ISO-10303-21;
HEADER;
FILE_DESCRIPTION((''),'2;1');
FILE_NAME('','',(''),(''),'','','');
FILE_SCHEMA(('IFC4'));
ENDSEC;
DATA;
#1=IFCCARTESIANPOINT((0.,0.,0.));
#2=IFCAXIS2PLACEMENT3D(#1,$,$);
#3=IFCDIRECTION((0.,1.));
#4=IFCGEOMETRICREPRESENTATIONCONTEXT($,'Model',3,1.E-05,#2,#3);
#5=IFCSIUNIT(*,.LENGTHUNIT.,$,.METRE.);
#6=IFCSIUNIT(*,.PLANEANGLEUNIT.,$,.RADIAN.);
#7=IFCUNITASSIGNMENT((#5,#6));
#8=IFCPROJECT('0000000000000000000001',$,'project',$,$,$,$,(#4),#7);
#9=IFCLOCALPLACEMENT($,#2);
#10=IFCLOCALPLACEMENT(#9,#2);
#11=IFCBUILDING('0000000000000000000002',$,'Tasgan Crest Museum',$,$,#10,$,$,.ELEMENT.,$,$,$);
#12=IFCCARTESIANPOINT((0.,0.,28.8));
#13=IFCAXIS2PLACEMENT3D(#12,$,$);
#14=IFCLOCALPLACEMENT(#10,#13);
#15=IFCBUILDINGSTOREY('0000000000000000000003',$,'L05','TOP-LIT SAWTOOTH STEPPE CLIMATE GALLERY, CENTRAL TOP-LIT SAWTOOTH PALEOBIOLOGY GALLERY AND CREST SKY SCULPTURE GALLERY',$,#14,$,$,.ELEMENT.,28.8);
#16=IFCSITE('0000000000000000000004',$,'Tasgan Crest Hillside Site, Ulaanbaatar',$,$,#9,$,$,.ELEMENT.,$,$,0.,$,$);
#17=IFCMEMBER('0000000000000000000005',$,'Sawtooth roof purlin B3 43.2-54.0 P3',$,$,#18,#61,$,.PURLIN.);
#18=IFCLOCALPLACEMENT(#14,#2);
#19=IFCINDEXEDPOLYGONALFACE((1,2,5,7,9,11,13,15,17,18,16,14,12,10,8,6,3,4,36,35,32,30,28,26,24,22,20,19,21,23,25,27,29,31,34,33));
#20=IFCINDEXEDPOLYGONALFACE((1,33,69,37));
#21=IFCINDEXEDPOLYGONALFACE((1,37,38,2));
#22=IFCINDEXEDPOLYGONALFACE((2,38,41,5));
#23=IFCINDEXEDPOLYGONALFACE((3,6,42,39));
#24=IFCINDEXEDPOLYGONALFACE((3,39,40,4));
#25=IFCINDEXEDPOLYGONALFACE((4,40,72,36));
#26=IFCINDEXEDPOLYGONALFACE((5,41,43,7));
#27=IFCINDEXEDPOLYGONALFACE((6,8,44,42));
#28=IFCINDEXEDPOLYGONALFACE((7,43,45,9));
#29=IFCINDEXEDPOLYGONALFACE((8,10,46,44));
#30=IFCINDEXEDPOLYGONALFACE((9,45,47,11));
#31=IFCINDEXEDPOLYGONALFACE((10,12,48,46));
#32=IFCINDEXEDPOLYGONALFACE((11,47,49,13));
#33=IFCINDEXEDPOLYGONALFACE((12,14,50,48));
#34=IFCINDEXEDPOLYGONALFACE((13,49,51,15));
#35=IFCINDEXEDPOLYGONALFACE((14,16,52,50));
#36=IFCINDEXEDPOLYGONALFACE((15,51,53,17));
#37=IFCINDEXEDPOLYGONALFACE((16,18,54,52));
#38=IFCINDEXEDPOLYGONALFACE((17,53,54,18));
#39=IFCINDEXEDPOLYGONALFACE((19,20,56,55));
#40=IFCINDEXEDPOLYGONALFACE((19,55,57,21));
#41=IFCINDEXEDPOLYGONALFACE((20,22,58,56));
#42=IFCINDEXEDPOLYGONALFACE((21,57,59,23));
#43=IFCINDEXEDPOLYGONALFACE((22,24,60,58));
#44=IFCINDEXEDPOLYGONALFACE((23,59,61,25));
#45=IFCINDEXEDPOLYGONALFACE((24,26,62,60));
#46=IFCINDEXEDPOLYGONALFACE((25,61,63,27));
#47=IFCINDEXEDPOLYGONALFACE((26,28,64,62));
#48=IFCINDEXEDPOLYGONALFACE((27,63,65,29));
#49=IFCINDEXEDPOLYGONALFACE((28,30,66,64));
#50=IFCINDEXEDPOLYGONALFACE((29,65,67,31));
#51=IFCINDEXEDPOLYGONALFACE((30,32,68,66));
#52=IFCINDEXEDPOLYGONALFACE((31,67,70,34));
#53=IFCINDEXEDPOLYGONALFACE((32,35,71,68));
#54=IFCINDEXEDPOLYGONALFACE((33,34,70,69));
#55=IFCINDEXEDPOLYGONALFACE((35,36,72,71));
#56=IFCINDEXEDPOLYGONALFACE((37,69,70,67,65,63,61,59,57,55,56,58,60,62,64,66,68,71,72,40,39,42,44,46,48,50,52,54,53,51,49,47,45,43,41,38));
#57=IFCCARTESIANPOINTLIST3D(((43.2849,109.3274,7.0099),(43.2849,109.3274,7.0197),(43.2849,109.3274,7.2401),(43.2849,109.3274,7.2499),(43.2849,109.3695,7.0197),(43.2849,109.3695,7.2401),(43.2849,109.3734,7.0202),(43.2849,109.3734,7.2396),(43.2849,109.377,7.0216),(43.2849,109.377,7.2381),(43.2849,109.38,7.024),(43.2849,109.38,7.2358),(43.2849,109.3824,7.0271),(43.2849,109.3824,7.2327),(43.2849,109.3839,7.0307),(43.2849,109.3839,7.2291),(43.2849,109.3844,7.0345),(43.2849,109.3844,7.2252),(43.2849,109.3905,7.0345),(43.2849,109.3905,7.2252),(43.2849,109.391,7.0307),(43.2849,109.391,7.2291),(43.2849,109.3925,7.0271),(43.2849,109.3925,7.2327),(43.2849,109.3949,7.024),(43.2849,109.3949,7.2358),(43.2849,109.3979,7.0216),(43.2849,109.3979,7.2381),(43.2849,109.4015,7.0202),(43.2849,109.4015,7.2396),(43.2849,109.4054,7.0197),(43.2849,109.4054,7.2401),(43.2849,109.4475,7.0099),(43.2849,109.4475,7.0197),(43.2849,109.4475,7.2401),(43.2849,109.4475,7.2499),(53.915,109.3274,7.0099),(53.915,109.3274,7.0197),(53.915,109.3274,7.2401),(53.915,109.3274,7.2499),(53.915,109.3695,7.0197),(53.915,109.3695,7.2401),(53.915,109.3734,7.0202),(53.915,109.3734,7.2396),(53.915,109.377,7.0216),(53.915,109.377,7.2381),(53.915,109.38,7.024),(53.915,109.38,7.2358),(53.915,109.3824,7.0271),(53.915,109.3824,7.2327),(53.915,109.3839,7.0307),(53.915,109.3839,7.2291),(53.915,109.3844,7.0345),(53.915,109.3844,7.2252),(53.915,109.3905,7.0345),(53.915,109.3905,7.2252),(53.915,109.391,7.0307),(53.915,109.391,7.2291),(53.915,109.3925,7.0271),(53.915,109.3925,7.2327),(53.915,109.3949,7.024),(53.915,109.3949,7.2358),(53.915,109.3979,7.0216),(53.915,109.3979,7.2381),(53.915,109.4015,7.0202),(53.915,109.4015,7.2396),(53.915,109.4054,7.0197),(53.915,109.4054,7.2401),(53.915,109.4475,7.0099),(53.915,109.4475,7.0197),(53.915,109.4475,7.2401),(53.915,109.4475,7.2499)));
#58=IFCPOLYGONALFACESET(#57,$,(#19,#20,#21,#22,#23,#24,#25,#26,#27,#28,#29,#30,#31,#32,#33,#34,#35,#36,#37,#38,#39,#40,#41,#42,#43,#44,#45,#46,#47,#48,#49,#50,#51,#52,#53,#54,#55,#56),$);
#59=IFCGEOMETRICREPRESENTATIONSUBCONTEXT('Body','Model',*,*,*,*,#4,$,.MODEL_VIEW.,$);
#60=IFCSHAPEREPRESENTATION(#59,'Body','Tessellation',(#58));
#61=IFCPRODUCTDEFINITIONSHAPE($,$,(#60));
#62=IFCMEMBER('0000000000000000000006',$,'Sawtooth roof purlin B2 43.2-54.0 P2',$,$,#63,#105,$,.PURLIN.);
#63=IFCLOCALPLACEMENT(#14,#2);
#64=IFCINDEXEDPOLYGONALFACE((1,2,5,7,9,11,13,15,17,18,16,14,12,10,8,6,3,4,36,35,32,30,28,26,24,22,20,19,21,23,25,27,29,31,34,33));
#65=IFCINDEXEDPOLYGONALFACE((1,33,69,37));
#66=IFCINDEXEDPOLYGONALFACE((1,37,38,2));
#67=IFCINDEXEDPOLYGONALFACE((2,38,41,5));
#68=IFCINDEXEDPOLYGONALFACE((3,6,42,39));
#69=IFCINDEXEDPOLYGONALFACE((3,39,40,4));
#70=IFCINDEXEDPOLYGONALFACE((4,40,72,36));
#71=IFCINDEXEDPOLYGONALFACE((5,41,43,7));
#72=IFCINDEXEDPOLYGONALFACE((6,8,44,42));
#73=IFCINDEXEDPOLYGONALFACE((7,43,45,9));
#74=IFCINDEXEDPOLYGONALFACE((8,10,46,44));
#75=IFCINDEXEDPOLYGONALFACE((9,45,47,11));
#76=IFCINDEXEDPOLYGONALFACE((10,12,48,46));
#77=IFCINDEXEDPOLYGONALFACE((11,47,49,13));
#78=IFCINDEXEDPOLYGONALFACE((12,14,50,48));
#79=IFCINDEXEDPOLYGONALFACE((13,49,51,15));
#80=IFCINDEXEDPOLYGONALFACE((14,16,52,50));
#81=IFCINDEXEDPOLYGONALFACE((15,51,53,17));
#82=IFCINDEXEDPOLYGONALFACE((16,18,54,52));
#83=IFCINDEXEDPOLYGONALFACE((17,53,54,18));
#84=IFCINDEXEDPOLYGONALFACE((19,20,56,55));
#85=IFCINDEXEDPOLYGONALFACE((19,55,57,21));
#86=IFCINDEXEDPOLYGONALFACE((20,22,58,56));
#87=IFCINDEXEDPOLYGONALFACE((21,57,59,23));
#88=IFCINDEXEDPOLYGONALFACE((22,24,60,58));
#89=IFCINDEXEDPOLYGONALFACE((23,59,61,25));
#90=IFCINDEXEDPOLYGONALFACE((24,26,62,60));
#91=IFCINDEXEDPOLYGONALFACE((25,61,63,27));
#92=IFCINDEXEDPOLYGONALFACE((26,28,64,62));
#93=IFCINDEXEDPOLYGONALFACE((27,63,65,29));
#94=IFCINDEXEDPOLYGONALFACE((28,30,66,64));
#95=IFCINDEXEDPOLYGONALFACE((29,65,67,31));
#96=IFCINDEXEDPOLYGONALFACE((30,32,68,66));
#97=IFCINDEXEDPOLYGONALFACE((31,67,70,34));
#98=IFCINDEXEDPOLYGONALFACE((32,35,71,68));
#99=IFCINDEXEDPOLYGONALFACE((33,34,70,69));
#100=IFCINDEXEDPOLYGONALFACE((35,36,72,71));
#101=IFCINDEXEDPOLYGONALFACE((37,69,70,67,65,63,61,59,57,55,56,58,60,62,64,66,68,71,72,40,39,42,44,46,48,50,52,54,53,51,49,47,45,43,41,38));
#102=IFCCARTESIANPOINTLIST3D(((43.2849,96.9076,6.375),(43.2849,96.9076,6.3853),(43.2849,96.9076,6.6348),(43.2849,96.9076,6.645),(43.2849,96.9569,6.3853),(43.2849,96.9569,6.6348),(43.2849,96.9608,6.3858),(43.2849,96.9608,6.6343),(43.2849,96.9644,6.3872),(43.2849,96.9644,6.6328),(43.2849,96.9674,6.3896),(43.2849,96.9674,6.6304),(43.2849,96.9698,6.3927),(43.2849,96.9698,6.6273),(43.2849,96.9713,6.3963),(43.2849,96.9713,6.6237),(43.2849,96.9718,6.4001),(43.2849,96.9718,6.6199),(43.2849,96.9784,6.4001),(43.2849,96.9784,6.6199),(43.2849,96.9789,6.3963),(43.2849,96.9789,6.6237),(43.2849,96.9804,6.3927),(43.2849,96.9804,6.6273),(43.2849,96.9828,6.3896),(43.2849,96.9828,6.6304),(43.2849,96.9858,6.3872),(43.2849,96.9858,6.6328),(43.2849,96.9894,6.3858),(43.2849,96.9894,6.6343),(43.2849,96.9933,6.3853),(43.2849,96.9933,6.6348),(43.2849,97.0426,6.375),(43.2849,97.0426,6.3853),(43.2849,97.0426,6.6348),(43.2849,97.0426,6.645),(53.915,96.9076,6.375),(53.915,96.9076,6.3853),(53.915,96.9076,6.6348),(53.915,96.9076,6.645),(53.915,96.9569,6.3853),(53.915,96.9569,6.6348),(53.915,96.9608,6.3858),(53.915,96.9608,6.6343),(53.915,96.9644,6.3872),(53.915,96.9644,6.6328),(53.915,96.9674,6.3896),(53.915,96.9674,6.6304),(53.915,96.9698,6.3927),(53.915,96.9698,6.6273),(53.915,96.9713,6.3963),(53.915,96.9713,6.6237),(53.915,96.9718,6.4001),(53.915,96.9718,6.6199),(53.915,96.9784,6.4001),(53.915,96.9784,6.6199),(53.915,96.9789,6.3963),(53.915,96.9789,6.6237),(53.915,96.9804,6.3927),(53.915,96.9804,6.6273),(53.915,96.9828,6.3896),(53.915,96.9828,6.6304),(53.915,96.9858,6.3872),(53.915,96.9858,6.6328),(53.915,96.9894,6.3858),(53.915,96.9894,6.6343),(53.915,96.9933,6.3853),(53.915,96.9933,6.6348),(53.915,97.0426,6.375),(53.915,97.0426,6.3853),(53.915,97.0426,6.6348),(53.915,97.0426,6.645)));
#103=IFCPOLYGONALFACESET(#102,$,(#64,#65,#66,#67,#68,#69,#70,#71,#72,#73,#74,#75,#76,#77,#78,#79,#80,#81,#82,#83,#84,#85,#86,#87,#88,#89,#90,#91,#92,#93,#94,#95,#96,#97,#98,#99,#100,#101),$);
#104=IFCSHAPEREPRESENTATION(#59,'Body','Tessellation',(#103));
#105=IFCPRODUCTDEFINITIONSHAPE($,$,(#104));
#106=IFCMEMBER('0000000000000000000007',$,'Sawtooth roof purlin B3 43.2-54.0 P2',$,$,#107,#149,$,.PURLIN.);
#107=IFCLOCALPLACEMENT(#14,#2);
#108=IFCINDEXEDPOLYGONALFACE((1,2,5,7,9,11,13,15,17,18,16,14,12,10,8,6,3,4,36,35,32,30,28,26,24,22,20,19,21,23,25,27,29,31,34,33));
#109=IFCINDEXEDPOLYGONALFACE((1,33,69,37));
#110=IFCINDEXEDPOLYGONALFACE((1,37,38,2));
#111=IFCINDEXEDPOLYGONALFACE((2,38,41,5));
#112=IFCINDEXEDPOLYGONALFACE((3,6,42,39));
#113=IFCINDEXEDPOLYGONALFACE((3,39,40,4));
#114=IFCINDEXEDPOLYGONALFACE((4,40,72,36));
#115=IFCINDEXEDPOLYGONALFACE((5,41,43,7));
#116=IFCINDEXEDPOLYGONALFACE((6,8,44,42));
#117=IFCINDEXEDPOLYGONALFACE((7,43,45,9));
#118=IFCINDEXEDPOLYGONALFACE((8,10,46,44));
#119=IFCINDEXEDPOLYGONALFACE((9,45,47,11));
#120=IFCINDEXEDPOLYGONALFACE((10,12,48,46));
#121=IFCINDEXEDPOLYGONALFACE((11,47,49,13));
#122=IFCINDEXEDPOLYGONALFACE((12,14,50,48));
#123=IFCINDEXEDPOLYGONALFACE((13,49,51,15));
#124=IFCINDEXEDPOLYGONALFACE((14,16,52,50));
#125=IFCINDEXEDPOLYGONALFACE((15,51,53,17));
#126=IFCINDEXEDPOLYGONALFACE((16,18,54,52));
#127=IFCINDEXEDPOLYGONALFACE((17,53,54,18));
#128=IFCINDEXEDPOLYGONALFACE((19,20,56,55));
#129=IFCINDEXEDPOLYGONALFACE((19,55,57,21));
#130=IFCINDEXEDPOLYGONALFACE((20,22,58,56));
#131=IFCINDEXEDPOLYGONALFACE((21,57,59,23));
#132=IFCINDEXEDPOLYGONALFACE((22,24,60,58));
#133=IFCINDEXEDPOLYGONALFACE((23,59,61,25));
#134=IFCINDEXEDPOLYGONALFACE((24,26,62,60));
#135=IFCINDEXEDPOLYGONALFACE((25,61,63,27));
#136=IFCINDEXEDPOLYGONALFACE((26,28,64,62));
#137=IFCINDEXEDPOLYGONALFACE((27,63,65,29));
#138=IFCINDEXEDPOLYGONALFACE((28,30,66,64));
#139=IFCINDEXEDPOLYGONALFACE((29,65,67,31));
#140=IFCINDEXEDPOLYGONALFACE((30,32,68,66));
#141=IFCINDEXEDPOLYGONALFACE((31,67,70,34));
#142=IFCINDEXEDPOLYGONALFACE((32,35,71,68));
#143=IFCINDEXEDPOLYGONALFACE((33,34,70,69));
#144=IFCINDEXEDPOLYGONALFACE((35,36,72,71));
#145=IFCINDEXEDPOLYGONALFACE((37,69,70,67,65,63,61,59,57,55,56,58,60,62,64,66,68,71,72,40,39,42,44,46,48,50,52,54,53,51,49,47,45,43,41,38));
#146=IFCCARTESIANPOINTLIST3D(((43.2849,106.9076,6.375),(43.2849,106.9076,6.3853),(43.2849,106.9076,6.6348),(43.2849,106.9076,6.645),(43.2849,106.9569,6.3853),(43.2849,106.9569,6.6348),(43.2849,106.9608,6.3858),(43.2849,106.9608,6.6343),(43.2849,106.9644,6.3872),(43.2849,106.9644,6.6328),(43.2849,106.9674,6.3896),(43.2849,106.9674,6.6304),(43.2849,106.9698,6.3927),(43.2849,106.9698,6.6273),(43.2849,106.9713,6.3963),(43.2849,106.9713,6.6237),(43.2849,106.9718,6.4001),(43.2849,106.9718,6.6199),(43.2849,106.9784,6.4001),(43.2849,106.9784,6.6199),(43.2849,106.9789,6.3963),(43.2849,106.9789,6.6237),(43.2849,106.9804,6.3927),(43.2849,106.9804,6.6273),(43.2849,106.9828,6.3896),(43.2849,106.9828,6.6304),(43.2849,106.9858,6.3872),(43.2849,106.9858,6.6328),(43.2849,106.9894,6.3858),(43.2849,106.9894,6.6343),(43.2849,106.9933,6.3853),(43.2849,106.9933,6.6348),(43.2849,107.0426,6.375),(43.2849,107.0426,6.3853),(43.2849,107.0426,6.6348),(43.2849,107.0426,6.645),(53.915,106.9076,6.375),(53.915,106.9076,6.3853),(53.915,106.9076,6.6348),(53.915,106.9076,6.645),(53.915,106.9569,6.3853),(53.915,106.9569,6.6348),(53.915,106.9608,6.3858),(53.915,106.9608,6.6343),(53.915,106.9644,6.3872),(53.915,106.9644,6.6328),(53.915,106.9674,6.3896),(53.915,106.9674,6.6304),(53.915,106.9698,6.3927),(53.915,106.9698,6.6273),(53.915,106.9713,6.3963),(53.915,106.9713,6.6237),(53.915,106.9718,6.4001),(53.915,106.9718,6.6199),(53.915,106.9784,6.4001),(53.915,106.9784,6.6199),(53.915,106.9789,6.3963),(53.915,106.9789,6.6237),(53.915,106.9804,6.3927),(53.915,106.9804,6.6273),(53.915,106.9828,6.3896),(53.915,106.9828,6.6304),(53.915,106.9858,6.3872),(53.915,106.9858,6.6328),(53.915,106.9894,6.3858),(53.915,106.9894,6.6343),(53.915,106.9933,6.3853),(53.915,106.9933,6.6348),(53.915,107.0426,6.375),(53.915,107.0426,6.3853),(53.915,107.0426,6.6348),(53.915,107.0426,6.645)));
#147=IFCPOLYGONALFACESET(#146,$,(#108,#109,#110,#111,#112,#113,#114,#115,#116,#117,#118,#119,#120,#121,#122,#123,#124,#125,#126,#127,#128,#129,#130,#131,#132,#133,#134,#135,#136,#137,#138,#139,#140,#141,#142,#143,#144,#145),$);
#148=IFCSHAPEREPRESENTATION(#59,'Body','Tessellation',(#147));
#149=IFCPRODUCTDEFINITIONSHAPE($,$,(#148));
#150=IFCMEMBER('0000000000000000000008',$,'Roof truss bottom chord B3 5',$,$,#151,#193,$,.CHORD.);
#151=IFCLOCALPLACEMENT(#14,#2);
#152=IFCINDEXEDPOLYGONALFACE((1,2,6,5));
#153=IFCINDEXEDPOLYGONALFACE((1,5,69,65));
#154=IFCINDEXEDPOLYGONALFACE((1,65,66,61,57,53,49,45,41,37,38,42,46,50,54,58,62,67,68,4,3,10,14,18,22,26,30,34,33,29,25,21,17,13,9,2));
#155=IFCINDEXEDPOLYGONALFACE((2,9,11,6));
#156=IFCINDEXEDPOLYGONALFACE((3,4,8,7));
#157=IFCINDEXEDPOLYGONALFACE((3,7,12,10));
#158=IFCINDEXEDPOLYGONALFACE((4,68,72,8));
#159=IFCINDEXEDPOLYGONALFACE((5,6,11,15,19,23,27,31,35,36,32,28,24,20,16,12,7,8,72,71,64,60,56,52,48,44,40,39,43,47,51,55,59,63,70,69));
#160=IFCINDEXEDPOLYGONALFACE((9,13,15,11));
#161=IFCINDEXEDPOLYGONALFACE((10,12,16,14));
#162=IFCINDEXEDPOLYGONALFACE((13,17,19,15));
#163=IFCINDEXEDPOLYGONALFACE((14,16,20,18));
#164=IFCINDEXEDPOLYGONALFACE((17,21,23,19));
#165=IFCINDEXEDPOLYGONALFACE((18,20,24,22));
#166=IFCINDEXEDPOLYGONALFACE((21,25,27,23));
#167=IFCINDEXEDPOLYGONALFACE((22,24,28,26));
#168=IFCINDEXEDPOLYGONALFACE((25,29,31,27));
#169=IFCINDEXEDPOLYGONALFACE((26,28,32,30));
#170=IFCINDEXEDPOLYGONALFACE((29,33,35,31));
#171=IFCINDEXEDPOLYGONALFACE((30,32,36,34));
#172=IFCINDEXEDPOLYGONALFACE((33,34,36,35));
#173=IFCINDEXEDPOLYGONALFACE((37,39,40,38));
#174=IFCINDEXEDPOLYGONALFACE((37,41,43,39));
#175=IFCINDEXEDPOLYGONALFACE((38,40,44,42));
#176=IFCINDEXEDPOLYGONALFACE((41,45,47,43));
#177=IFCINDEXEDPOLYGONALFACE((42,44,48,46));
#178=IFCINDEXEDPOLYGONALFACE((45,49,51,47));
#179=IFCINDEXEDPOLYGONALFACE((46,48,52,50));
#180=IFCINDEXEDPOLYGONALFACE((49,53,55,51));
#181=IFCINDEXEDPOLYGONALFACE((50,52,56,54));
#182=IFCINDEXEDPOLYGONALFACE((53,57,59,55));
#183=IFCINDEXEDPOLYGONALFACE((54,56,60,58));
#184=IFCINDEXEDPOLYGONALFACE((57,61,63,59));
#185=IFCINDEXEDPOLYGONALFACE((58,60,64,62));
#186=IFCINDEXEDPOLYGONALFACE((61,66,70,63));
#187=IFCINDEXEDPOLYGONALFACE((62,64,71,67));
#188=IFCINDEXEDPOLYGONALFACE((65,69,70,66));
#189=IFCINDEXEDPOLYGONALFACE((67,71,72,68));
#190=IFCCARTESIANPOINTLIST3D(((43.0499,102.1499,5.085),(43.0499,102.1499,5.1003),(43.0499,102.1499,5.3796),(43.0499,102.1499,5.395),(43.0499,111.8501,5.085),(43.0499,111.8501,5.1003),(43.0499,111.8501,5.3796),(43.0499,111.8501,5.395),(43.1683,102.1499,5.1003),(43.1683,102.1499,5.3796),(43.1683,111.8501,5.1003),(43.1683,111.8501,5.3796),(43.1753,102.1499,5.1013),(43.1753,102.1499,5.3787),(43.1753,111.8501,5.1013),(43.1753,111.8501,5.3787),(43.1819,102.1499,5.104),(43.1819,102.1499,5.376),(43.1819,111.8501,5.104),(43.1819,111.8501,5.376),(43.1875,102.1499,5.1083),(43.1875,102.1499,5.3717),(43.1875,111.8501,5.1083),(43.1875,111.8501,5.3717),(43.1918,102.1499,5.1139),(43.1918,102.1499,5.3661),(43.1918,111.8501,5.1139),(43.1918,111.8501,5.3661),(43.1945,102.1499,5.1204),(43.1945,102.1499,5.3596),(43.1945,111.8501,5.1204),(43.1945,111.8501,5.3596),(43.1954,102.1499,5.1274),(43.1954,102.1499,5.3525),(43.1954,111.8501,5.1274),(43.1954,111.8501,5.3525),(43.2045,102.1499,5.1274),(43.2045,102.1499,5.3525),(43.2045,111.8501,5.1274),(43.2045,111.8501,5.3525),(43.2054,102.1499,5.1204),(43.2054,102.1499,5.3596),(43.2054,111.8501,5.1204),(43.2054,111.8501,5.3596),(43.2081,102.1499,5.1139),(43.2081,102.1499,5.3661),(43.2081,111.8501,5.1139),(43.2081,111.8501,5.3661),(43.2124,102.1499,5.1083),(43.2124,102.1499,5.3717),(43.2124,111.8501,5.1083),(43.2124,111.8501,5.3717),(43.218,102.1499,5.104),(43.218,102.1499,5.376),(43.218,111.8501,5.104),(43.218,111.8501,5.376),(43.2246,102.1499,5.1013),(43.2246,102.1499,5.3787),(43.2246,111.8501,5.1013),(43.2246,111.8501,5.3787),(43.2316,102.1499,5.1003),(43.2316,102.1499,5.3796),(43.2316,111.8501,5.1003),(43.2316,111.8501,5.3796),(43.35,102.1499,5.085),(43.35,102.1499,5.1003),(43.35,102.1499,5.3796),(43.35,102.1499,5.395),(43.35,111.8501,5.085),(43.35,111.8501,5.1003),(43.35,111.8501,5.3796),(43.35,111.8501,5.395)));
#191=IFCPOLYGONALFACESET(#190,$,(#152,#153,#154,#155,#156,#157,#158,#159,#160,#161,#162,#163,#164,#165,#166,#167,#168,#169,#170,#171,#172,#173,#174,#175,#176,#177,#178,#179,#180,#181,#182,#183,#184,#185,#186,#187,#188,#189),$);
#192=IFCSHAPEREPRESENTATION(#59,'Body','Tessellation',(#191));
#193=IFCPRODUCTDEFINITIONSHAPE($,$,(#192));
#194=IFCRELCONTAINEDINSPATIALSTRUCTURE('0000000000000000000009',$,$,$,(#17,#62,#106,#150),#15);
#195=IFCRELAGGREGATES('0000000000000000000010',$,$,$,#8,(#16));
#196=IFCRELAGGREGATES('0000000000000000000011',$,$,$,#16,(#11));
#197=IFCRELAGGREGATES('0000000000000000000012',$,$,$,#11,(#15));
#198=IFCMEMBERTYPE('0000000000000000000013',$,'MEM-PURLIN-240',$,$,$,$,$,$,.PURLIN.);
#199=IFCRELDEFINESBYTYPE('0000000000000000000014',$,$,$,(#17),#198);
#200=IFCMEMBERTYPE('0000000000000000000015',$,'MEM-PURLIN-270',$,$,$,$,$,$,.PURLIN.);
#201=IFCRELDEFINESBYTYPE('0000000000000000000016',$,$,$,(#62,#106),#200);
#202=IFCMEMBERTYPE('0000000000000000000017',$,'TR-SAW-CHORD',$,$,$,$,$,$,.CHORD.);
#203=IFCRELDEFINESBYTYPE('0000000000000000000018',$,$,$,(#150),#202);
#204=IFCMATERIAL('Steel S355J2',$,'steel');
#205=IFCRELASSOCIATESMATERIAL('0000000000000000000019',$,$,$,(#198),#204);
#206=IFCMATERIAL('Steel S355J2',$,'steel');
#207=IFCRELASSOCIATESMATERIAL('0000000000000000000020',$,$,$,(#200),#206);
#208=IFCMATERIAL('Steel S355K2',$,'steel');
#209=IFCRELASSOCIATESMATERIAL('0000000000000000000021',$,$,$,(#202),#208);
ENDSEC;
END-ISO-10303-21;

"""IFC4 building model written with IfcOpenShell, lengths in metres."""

from ifc_helpers import new_model, si_unit, direction, frame, origin, origin_2d, place, context, subcontext, project, spatial, i_section, extrude, material, material_profile, profile_set, type_object, element, save


model = new_model("IFC4")

# Units and contexts
model_context = context("Model", 3, precision=1e-05, world=origin(), true_north=direction((0.0, 1.0)))
body_context = subcontext(model_context, "Body", "Model", "MODEL_VIEW")
ifc_project = project(units=[si_unit("LENGTHUNIT", "METRE"), si_unit("PLANEANGLEUNIT", "RADIAN")], contexts=[model_context])

# Site, building, storey
site_placement = place(None, origin())
site = spatial("IfcSite", under=ifc_project, at=site_placement, Name="Tasgan Crest Hillside Site, Ulaanbaatar", CompositionType="ELEMENT", RefElevation=0.0)
building_placement = place(site_placement, origin())
building = spatial("IfcBuilding", under=site, at=building_placement, Name="Tasgan Crest Museum", CompositionType="ELEMENT")
storey_placement = place(building_placement, frame((0.0, 0.0, 28.8)))
storey = spatial("IfcBuildingStorey", under=building, at=storey_placement, Name="L05", Description="TOP-LIT SAWTOOTH STEPPE CLIMATE GALLERY, CENTRAL TOP-LIT SAWTOOTH PALEOBIOLOGY GALLERY AND CREST SKY SCULPTURE GALLERY", CompositionType="ELEMENT", Elevation=28.8)

# Members
ifc_material_1 = material(Name="Steel S355J2", Category="steel")
ifc_material_profile_1 = material_profile(ifc_material_1, i_section(OverallWidth=0.1201, OverallDepth=0.24, WebThickness=0.0061, FlangeThickness=0.0098, FilletRadius=0.0149, at=origin_2d()), Name="IPE 240")
ifc_profile_set_1 = profile_set([ifc_material_profile_1], Name="Steel S355J2")
member_type_1 = type_object("IfcMemberType", Name="MEM-PURLIN-240", PredefinedType="PURLIN", material=ifc_profile_set_1)
for number, where, z_axis, x_axis, name in (
    (1, (43.2849, 109.3875, 7.1299), (1.0, 0.0, 0.0), (0.0, 1.0, 0.0), "Sawtooth roof purlin B3 43.2-54.0 P3"),
):
    element("IfcMember", number, at=place(storey_placement, frame(where, z_axis=z_axis, x_axis=x_axis)), inside=storey, type_object=member_type_1, Name=name, PredefinedType="PURLIN", context=body_context, shape_type="SweptSolid", body=[
        extrude(i_section(OverallWidth=0.1201, OverallDepth=0.24, WebThickness=0.0061, FlangeThickness=0.0098, FilletRadius=0.0149, at=origin_2d()), origin(), (0.0, 0.0, 1.0), 10.6301),
    ])
ifc_material_2 = material(Name="Steel S355J2", Category="steel")
ifc_material_profile_2 = material_profile(ifc_material_2, i_section(OverallWidth=0.135, OverallDepth=0.27, WebThickness=0.0066, FlangeThickness=0.0103, FilletRadius=0.0149, at=origin_2d()), Name="IPE 270")
ifc_profile_set_2 = profile_set([ifc_material_profile_2], Name="Steel S355J2")
member_type_2 = type_object("IfcMemberType", Name="MEM-PURLIN-270", PredefinedType="PURLIN", material=ifc_profile_set_2)
for number, where, z_axis, x_axis, name in (
    (2, (43.2849, 96.9751, 6.51), (1.0, 0.0, 0.0), (0.0, 1.0, 0.0), "Sawtooth roof purlin B2 43.2-54.0 P2"),
    (3, (43.2849, 106.9751, 6.51), (1.0, 0.0, 0.0), (0.0, 1.0, 0.0), "Sawtooth roof purlin B3 43.2-54.0 P2"),
):
    element("IfcMember", number, at=place(storey_placement, frame(where, z_axis=z_axis, x_axis=x_axis)), inside=storey, type_object=member_type_2, Name=name, PredefinedType="PURLIN", context=body_context, shape_type="SweptSolid", body=[
        extrude(i_section(OverallWidth=0.135, OverallDepth=0.27, WebThickness=0.0066, FlangeThickness=0.0103, FilletRadius=0.0149, at=origin_2d()), origin(), (0.0, 0.0, 1.0), 10.6301),
    ])
ifc_material_3 = material(Name="Steel S355K2", Category="steel")
ifc_material_profile_3 = material_profile(ifc_material_3, i_section(OverallWidth=0.3, OverallDepth=0.3101, WebThickness=0.009, FlangeThickness=0.0154, FilletRadius=0.0271, at=origin_2d()), Name="HEA 320")
ifc_profile_set_3 = profile_set([ifc_material_profile_3], Name="Steel S355K2")
member_type_3 = type_object("IfcMemberType", Name="TR-SAW-CHORD", PredefinedType="CHORD", material=ifc_profile_set_3)
member_1_placement = place(storey_placement, frame((43.2, 102.1499, 5.24), z_axis=(0.0, 1.0, 0.0), x_axis=(-1.0, 0.0, 0.0)))
element("IfcMember", 4, at=member_1_placement, inside=storey, type_object=member_type_3, Name="Roof truss bottom chord B3 5", PredefinedType="CHORD", context=body_context, shape_type="SweptSolid", body=[
    extrude(i_section(OverallWidth=0.3, OverallDepth=0.3101, WebThickness=0.009, FlangeThickness=0.0154, FilletRadius=0.0271, at=origin_2d()), origin(), (0.0, 0.0, 1.0), 9.7002),
])

save(model, "model.ifc")
